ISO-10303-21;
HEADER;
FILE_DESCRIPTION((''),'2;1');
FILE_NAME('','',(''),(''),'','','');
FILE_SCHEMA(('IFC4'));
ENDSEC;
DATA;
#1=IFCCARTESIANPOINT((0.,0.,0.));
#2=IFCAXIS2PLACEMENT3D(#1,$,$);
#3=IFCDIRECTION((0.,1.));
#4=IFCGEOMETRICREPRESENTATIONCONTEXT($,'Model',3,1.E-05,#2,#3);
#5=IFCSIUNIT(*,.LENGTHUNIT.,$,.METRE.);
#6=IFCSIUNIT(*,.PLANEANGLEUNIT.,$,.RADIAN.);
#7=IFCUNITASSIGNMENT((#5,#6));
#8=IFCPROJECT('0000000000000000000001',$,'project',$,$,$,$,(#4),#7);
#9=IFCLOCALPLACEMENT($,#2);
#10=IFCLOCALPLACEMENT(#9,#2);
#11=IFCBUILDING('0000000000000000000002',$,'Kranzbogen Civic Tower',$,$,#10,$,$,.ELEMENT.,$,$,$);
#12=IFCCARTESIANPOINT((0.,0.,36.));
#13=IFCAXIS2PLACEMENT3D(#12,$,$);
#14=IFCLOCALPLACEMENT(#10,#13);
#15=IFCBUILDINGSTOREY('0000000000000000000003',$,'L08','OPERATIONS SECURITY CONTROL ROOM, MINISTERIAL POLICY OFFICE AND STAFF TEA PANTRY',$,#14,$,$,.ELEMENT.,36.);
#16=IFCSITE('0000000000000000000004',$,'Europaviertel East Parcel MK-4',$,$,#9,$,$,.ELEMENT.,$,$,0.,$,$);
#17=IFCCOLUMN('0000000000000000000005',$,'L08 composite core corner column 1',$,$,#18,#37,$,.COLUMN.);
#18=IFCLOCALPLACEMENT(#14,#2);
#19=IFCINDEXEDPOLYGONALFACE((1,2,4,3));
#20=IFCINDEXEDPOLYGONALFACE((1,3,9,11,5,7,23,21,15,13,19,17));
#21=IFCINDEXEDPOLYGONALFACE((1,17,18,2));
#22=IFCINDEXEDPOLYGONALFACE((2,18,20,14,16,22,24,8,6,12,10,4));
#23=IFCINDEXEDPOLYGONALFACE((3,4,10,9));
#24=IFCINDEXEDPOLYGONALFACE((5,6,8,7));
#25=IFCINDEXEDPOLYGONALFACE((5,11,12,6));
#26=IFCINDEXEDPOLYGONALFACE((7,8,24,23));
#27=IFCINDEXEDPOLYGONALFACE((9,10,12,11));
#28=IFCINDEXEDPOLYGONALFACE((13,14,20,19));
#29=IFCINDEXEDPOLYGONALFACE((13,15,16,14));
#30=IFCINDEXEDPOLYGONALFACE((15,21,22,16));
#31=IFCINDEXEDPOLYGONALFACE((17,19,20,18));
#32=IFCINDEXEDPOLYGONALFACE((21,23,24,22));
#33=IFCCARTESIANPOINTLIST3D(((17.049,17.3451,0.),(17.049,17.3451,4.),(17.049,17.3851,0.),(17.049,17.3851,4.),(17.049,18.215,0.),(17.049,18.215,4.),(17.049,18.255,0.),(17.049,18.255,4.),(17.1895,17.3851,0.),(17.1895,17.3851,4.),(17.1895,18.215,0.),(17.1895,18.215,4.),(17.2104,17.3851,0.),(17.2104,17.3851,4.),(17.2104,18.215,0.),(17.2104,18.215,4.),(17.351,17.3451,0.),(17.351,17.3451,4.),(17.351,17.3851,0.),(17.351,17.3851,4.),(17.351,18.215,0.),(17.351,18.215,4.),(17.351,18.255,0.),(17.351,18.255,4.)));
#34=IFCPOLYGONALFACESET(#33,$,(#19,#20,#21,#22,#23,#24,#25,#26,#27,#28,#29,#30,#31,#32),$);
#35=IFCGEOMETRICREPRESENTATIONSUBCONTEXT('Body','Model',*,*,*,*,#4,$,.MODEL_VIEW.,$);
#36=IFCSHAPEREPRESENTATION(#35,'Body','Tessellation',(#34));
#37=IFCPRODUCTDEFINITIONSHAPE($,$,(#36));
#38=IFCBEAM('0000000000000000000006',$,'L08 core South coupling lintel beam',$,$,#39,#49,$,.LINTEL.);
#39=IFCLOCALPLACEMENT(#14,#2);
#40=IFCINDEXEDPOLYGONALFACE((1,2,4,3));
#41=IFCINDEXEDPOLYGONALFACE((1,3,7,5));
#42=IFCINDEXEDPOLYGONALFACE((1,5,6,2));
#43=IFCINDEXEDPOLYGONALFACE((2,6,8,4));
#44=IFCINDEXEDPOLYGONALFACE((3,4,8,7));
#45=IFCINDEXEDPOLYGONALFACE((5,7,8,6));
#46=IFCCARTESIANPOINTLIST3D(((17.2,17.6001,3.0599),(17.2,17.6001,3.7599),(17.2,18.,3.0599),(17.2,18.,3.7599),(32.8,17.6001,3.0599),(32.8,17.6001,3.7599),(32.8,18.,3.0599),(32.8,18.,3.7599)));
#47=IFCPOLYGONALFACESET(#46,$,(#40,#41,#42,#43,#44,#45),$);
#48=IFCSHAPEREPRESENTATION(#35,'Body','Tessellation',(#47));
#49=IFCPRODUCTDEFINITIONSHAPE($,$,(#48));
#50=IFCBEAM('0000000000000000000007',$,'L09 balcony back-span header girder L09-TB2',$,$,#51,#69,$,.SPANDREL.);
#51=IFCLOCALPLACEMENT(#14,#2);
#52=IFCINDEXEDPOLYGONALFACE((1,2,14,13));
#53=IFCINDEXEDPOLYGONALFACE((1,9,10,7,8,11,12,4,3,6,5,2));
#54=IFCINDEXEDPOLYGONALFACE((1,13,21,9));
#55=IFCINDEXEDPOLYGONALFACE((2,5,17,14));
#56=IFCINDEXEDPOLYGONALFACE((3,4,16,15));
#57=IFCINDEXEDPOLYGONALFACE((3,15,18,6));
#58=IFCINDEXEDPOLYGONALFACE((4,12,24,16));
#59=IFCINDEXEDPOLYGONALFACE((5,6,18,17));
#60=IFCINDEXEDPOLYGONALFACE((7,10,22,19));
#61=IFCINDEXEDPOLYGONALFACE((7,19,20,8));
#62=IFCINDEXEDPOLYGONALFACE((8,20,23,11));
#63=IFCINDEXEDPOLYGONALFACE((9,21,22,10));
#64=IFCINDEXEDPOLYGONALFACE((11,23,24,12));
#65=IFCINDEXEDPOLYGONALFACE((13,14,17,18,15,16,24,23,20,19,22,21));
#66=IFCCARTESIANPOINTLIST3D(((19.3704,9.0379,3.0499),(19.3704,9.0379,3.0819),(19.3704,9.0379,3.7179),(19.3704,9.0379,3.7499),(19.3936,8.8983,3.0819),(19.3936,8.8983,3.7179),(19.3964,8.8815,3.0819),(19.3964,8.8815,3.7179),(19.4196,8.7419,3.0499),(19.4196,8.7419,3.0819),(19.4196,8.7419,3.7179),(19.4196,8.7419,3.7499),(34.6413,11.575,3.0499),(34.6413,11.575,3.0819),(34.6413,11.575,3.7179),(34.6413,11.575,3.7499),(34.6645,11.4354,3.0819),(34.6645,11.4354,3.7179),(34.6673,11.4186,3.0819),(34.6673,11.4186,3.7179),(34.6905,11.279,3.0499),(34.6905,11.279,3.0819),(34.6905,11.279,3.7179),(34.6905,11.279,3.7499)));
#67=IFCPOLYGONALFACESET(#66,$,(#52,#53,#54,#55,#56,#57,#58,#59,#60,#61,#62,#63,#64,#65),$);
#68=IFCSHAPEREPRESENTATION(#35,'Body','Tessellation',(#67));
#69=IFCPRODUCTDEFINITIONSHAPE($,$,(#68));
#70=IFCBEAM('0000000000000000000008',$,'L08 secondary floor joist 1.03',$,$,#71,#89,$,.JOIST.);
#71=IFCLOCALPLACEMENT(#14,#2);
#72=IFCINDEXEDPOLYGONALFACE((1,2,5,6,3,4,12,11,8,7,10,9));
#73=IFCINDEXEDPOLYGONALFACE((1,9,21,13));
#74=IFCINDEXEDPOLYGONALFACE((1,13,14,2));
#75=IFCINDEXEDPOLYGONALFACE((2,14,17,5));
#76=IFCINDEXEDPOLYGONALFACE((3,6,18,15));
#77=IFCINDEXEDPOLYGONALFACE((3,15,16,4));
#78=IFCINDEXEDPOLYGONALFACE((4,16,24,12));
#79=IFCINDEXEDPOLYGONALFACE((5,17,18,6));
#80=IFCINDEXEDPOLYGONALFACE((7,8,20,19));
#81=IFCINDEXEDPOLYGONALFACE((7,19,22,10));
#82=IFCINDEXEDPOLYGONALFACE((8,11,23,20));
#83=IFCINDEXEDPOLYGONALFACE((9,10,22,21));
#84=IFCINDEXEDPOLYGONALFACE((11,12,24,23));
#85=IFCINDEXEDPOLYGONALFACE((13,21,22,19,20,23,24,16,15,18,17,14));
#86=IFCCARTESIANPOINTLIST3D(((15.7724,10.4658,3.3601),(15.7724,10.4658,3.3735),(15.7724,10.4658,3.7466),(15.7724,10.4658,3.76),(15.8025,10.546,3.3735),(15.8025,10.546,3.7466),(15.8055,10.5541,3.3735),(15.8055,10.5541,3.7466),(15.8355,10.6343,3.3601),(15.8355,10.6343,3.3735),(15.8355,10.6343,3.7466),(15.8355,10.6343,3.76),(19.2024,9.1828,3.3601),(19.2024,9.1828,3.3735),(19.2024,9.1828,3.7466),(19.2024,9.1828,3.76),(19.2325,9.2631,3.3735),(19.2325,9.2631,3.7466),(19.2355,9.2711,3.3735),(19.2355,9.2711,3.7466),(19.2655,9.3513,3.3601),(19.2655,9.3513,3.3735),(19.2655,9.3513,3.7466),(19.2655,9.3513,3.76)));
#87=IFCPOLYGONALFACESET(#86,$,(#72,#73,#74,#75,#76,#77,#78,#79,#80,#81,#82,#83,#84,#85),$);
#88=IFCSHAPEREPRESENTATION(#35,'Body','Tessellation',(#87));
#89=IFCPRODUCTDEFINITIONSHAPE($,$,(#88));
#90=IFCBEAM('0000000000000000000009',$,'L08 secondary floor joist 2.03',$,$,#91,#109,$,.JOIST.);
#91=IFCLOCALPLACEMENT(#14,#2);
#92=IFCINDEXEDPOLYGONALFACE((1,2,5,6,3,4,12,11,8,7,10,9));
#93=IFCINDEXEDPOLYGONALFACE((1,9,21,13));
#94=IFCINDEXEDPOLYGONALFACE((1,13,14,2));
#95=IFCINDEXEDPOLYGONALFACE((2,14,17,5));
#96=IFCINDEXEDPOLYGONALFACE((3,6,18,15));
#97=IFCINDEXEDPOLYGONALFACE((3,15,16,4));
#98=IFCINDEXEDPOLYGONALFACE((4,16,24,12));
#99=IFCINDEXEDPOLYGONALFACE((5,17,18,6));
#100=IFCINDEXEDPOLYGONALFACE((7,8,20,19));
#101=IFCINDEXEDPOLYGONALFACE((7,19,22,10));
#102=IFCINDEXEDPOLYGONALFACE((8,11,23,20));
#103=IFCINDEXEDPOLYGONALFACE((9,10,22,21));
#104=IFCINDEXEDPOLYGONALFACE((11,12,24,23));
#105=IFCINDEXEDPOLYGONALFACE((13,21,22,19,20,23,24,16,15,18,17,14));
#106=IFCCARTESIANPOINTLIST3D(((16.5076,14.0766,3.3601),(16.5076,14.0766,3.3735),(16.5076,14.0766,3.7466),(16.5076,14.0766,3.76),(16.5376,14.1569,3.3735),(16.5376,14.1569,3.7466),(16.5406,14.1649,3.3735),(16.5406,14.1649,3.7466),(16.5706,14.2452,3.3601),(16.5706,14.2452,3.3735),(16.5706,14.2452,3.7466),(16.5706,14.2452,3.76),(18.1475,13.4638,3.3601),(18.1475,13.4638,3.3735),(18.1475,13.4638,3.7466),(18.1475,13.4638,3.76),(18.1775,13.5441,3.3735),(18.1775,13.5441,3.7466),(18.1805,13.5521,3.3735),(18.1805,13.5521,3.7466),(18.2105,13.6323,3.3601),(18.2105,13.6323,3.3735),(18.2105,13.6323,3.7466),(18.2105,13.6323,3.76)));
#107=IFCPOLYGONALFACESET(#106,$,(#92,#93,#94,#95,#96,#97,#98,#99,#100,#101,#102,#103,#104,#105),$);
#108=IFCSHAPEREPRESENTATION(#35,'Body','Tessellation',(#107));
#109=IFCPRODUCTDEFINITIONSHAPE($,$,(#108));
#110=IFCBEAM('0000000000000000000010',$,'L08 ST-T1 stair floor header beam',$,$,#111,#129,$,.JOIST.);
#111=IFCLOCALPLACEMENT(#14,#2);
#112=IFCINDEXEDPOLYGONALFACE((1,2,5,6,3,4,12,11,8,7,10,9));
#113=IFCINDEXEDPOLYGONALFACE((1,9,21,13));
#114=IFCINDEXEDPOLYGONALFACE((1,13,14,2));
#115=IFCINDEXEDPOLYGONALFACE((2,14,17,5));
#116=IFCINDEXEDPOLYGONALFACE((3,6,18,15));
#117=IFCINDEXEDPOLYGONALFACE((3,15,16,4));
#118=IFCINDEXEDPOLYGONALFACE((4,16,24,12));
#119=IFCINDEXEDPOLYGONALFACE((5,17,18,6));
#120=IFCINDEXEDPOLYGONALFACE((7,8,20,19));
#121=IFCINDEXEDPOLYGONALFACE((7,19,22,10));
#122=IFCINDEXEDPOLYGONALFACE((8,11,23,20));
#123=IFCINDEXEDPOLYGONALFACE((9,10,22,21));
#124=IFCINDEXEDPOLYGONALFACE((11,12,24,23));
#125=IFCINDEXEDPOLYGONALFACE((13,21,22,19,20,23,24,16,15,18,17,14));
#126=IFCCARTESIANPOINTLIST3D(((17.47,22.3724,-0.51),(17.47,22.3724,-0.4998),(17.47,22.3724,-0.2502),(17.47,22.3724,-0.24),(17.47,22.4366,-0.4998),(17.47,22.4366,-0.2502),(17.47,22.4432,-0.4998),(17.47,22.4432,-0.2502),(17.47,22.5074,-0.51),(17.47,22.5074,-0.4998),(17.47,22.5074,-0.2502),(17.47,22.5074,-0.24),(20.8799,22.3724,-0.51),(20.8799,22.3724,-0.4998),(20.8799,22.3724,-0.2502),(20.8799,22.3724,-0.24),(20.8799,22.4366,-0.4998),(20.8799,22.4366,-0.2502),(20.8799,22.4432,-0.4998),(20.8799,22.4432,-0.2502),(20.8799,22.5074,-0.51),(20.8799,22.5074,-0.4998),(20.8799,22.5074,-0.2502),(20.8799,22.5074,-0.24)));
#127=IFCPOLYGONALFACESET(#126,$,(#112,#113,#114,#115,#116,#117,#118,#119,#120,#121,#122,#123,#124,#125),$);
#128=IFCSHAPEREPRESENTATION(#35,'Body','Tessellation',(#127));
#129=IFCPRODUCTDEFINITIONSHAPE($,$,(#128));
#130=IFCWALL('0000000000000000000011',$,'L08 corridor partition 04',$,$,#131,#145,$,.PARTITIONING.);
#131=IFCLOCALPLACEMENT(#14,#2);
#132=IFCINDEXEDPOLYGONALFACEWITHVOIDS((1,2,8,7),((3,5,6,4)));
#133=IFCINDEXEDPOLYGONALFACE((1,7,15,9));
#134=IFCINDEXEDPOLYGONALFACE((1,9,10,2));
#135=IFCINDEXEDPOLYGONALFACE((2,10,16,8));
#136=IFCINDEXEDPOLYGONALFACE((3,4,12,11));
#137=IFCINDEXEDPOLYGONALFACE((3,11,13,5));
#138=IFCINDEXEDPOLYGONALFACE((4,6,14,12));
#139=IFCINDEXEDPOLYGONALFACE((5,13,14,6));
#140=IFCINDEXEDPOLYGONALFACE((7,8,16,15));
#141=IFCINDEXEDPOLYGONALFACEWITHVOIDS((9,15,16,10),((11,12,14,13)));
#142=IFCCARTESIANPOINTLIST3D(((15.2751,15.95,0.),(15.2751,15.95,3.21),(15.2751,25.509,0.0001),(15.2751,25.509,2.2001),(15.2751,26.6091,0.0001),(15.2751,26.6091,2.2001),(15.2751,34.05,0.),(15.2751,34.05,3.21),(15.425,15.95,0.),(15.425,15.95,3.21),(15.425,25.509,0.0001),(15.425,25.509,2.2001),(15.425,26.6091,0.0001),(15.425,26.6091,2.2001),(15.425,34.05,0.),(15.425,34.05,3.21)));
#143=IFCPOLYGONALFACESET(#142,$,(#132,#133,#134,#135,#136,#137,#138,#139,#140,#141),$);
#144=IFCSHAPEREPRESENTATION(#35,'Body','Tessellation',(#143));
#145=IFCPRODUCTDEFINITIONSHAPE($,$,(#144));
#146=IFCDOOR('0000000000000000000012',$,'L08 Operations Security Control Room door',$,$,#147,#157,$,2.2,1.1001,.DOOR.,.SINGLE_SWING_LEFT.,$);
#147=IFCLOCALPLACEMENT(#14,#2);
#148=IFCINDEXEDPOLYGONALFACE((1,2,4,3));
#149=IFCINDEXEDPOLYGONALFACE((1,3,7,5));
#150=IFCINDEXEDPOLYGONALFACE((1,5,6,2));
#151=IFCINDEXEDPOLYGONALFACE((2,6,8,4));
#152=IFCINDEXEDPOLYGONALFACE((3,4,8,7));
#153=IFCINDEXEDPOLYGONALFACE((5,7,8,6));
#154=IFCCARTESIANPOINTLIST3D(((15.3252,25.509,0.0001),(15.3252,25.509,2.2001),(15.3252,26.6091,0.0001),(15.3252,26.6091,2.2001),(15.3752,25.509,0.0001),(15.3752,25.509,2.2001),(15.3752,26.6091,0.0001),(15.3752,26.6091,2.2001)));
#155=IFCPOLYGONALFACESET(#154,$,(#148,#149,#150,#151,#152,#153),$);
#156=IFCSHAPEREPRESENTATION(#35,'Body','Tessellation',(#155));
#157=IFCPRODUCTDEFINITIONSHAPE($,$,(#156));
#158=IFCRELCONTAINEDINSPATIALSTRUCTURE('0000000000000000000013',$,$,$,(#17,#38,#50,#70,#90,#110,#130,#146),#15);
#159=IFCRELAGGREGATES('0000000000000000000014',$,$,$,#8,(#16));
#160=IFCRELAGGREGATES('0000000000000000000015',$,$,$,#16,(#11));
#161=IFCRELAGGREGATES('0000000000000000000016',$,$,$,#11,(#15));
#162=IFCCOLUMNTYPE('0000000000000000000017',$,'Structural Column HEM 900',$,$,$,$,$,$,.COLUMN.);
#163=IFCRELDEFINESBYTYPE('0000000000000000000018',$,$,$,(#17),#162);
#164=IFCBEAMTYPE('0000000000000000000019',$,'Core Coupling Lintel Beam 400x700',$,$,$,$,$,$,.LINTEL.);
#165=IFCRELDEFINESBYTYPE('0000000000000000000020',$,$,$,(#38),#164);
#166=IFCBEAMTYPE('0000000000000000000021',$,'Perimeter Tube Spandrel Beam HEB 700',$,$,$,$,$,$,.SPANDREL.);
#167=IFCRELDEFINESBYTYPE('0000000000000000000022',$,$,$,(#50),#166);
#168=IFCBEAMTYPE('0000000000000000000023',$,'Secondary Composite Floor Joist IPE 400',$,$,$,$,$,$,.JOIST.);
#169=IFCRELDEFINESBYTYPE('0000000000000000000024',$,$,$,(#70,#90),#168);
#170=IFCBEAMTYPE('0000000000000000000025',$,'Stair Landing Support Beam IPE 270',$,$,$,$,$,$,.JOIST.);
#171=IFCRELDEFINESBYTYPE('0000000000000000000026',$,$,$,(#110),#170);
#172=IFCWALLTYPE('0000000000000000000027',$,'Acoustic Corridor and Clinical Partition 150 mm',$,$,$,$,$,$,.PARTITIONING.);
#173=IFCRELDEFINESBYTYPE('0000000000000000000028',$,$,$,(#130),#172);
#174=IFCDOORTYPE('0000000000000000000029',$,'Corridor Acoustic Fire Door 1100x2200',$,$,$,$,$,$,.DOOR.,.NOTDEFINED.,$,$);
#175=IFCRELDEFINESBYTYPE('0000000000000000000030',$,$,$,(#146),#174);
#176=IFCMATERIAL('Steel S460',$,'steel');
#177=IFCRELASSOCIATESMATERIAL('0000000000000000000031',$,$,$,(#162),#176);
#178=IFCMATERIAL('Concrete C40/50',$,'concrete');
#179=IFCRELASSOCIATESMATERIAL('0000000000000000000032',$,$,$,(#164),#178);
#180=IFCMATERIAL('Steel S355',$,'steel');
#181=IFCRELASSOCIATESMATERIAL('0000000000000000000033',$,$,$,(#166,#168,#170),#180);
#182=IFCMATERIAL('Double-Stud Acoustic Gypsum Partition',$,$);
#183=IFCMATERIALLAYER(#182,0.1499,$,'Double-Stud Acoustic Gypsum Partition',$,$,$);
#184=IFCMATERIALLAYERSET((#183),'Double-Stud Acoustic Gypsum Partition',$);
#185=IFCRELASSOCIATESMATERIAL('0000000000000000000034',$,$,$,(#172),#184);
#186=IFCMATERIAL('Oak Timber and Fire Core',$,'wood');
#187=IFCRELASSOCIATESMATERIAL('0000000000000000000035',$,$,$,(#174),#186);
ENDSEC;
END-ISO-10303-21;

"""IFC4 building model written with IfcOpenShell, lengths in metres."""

from ifc_helpers import new_model, si_unit, direction, frame, frame_2d, origin, origin_2d, place, context, subcontext, project, spatial, rectangle, i_section, extrude, material, layer, layer_set, material_profile, profile_set, type_object, element, fill, save


model = new_model("IFC4")

# Units and contexts
model_context = context("Model", 3, precision=1e-05, world=origin(), true_north=direction((0.0, 1.0)))
body_context = subcontext(model_context, "Body", "Model", "MODEL_VIEW")
ifc_project = project(units=[si_unit("LENGTHUNIT", "METRE"), si_unit("PLANEANGLEUNIT", "RADIAN")], contexts=[model_context])

# Site, building, storey
site_placement = place(None, origin())
site = spatial("IfcSite", under=ifc_project, at=site_placement, Name="Europaviertel East Parcel MK-4", CompositionType="ELEMENT", RefElevation=0.0)
building_placement = place(site_placement, origin())
building = spatial("IfcBuilding", under=site, at=building_placement, Name="Kranzbogen Civic Tower", CompositionType="ELEMENT")
storey_placement = place(building_placement, frame((0.0, 0.0, 36.0)))
storey = spatial("IfcBuildingStorey", under=building, at=storey_placement, Name="L08", Description="OPERATIONS SECURITY CONTROL ROOM, MINISTERIAL POLICY OFFICE AND STAFF TEA PANTRY", CompositionType="ELEMENT", Elevation=36.0)

# Column
ifc_material_1 = material(Name="Steel S460", Category="steel")
ifc_material_profile_1 = material_profile(ifc_material_1, i_section(OverallWidth=0.302, OverallDepth=0.9099, WebThickness=0.021, FlangeThickness=0.04, at=origin_2d()), Name="HEM 900")
ifc_profile_set_1 = profile_set([ifc_material_profile_1], Name="Steel S460")
column_type = type_object("IfcColumnType", Name="Structural Column HEM 900", PredefinedType="COLUMN", material=ifc_profile_set_1)
column_placement = place(storey_placement, frame((17.2, 17.8, 0.0), z_axis=(0.0, 0.0, 1.0), x_axis=(1.0, 0.0, 0.0)))
element("IfcColumn", 1, at=column_placement, inside=storey, type_object=column_type, Name="L08 composite core corner column 1", PredefinedType="COLUMN", context=body_context, shape_type="SweptSolid", body=[
    extrude(i_section(OverallWidth=0.302, OverallDepth=0.9099, WebThickness=0.021, FlangeThickness=0.04, at=origin_2d()), origin(), (0.0, 0.0, 1.0), 4.0),
])

# Beams
ifc_material_2 = material(Name="Concrete C40/50", Category="concrete")
ifc_material_profile_2 = material_profile(ifc_material_2, rectangle(XDim=0.3999, YDim=0.7, at=origin_2d()), Name="RC-BM 400x700")
ifc_profile_set_2 = profile_set([ifc_material_profile_2], Name="Concrete C40/50")
beam_type_1 = type_object("IfcBeamType", Name="Core Coupling Lintel Beam 400x700", PredefinedType="LINTEL", material=ifc_profile_set_2)
beam_1_placement = place(storey_placement, frame((17.2, 17.8, 3.4099), z_axis=(1.0, 0.0, 0.0), x_axis=(0.0, 1.0, 0.0)))
element("IfcBeam", 2, at=beam_1_placement, inside=storey, type_object=beam_type_1, Name="L08 core South coupling lintel beam", PredefinedType="LINTEL", context=body_context, shape_type="SweptSolid", body=[
    extrude(rectangle(XDim=0.3999, YDim=0.7, at=origin_2d()), origin(), (0.0, 0.0, 1.0), 15.6001),
])
ifc_material_3 = material(Name="Steel S355", Category="steel")
ifc_material_profile_3 = material_profile(ifc_material_3, i_section(OverallWidth=0.3, OverallDepth=0.7, WebThickness=0.0171, FlangeThickness=0.032, at=origin_2d()), Name="HEB 700")
ifc_profile_set_3 = profile_set([ifc_material_profile_3], Name="Steel S355")
beam_type_2 = type_object("IfcBeamType", Name="Perimeter Tube Spandrel Beam HEB 700", PredefinedType="SPANDREL", material=ifc_profile_set_3)
beam_2_placement = place(storey_placement, frame((19.395, 8.8899, 3.3999), z_axis=(0.986478, 0.163893, 0.0), x_axis=(-0.163893, 0.986478, 0.0)))
element("IfcBeam", 3, at=beam_2_placement, inside=storey, type_object=beam_type_2, Name="L09 balcony back-span header girder L09-TB2", PredefinedType="SPANDREL", context=body_context, shape_type="SweptSolid", body=[
    extrude(i_section(OverallWidth=0.3, OverallDepth=0.7, WebThickness=0.0171, FlangeThickness=0.032, at=origin_2d()), origin(), (0.0, 0.0, 1.0), 15.4802),
])
ifc_material_profile_4 = material_profile(ifc_material_3, i_section(OverallWidth=0.1799, OverallDepth=0.3999, WebThickness=0.0085, FlangeThickness=0.0134, at=origin_2d()), Name="IPE 400")
ifc_profile_set_4 = profile_set([ifc_material_profile_4], Name="Steel S355")
beam_type_3 = type_object("IfcBeamType", Name="Secondary Composite Floor Joist IPE 400", PredefinedType="JOIST", material=ifc_profile_set_4)
beam_3_placement = place(storey_placement, frame((15.804, 10.55, 3.5601), z_axis=(0.936622, -0.350342, 0.0), x_axis=(0.350342, 0.936622, 0.0)))
element("IfcBeam", 4, at=beam_3_placement, inside=storey, type_object=beam_type_3, Name="L08 secondary floor joist 1.03", PredefinedType="JOIST", context=body_context, shape_type="SweptSolid", body=[
    extrude(i_section(OverallWidth=0.1799, OverallDepth=0.3999, WebThickness=0.0085, FlangeThickness=0.0134, at=origin_2d()), origin(), (0.0, 0.0, 1.0), 3.6621),
])
beam_4_placement = place(storey_placement, frame((16.5391, 14.1609, 3.5601), z_axis=(0.936735, -0.350038, 0.0), x_axis=(0.350038, 0.936735, 0.0)))
element("IfcBeam", 5, at=beam_4_placement, inside=storey, type_object=beam_type_3, Name="L08 secondary floor joist 2.03", PredefinedType="JOIST", context=body_context, shape_type="SweptSolid", body=[
    extrude(i_section(OverallWidth=0.1799, OverallDepth=0.3999, WebThickness=0.0085, FlangeThickness=0.0134, at=origin_2d()), origin(), (0.0, 0.0, 1.0), 1.7507),
])
ifc_material_profile_5 = material_profile(ifc_material_3, i_section(OverallWidth=0.135, OverallDepth=0.27, WebThickness=0.0066, FlangeThickness=0.0103, at=origin_2d()), Name="IPE 270")
ifc_profile_set_5 = profile_set([ifc_material_profile_5], Name="Steel S355")
beam_type_4 = type_object("IfcBeamType", Name="Stair Landing Support Beam IPE 270", PredefinedType="JOIST", material=ifc_profile_set_5)
beam_5_placement = place(storey_placement, frame((20.8799, 22.4399, -0.375), z_axis=(-1.0, 0.0, 0.0), x_axis=(0.0, -1.0, 0.0)))
element("IfcBeam", 6, at=beam_5_placement, inside=storey, type_object=beam_type_4, Name="L08 ST-T1 stair floor header beam", PredefinedType="JOIST", context=body_context, shape_type="SweptSolid", body=[
    extrude(i_section(OverallWidth=0.135, OverallDepth=0.27, WebThickness=0.0066, FlangeThickness=0.0103, at=origin_2d()), origin(), (0.0, 0.0, 1.0), 3.4099),
])

# Wall, opening, door
ifc_material_4 = material(Name="Double-Stud Acoustic Gypsum Partition")
ifc_layer_1 = layer(ifc_material_4, 0.1499, Name="Double-Stud Acoustic Gypsum Partition")
ifc_layer_set_1 = layer_set([ifc_layer_1], Name="Double-Stud Acoustic Gypsum Partition")
wall_type_1 = type_object("IfcWallType", Name="Acoustic Corridor and Clinical Partition 150 mm", PredefinedType="PARTITIONING", material=ifc_layer_set_1)
wall_1_placement = place(storey_placement, frame((15.3501, 15.95, 0.0), z_axis=(0.0, 0.0, 1.0), x_axis=(0.0, 1.0, 0.0)))
wall_1 = element("IfcWall", 7, at=wall_1_placement, inside=storey, type_object=wall_type_1, Name="L08 corridor partition 04", PredefinedType="PARTITIONING", context=body_context, shape_type="SweptSolid", body=[
    extrude(rectangle(XDim=18.1001, YDim=0.1499, at=frame_2d((9.05, 0.0))), origin(), (0.0, 0.0, 1.0), 3.21),
])
opening_1_placement = place(wall_1_placement, frame((9.5591, 0.0, 0.0)))
opening_1 = element("IfcOpeningElement", 8, at=opening_1_placement, cuts=wall_1, PredefinedType="OPENING", context=body_context, shape_type="SweptSolid", body=[
    extrude(rectangle(XDim=1.1001, YDim=2.2, at=frame_2d((0.55, 1.1001))), frame((0.0, 0.085, 0.0), z_axis=(0.0, -1.0, 0.0), x_axis=(1.0, 0.0, 0.0)), (0.0, 0.0, 1.0), 0.1699),
])
ifc_material_5 = material(Name="Oak Timber and Fire Core", Category="wood")
door_type_1 = type_object("IfcDoorType", Name="Corridor Acoustic Fire Door 1100x2200", OperationType="NOTDEFINED", PredefinedType="DOOR", material=ifc_material_5)
door_1_placement = place(opening_1_placement, origin())
door_1 = element("IfcDoor", 9, at=door_1_placement, inside=storey, type_object=door_type_1, Name="L08 Operations Security Control Room door", OperationType="SINGLE_SWING_LEFT", OverallHeight=2.2, OverallWidth=1.1001, PredefinedType="DOOR", context=body_context, shape_type="SweptSolid", body=[
    extrude(rectangle(XDim=1.1001, YDim=2.2, at=frame_2d((0.55, 1.1001))), frame((0.0, 0.0249, 0.0), z_axis=(0.0, -1.0, 0.0), x_axis=(1.0, 0.0, 0.0)), (0.0, 0.0, 1.0), 0.05),
])
fill(opening_1, door_1)

save(model, "model.ifc")
